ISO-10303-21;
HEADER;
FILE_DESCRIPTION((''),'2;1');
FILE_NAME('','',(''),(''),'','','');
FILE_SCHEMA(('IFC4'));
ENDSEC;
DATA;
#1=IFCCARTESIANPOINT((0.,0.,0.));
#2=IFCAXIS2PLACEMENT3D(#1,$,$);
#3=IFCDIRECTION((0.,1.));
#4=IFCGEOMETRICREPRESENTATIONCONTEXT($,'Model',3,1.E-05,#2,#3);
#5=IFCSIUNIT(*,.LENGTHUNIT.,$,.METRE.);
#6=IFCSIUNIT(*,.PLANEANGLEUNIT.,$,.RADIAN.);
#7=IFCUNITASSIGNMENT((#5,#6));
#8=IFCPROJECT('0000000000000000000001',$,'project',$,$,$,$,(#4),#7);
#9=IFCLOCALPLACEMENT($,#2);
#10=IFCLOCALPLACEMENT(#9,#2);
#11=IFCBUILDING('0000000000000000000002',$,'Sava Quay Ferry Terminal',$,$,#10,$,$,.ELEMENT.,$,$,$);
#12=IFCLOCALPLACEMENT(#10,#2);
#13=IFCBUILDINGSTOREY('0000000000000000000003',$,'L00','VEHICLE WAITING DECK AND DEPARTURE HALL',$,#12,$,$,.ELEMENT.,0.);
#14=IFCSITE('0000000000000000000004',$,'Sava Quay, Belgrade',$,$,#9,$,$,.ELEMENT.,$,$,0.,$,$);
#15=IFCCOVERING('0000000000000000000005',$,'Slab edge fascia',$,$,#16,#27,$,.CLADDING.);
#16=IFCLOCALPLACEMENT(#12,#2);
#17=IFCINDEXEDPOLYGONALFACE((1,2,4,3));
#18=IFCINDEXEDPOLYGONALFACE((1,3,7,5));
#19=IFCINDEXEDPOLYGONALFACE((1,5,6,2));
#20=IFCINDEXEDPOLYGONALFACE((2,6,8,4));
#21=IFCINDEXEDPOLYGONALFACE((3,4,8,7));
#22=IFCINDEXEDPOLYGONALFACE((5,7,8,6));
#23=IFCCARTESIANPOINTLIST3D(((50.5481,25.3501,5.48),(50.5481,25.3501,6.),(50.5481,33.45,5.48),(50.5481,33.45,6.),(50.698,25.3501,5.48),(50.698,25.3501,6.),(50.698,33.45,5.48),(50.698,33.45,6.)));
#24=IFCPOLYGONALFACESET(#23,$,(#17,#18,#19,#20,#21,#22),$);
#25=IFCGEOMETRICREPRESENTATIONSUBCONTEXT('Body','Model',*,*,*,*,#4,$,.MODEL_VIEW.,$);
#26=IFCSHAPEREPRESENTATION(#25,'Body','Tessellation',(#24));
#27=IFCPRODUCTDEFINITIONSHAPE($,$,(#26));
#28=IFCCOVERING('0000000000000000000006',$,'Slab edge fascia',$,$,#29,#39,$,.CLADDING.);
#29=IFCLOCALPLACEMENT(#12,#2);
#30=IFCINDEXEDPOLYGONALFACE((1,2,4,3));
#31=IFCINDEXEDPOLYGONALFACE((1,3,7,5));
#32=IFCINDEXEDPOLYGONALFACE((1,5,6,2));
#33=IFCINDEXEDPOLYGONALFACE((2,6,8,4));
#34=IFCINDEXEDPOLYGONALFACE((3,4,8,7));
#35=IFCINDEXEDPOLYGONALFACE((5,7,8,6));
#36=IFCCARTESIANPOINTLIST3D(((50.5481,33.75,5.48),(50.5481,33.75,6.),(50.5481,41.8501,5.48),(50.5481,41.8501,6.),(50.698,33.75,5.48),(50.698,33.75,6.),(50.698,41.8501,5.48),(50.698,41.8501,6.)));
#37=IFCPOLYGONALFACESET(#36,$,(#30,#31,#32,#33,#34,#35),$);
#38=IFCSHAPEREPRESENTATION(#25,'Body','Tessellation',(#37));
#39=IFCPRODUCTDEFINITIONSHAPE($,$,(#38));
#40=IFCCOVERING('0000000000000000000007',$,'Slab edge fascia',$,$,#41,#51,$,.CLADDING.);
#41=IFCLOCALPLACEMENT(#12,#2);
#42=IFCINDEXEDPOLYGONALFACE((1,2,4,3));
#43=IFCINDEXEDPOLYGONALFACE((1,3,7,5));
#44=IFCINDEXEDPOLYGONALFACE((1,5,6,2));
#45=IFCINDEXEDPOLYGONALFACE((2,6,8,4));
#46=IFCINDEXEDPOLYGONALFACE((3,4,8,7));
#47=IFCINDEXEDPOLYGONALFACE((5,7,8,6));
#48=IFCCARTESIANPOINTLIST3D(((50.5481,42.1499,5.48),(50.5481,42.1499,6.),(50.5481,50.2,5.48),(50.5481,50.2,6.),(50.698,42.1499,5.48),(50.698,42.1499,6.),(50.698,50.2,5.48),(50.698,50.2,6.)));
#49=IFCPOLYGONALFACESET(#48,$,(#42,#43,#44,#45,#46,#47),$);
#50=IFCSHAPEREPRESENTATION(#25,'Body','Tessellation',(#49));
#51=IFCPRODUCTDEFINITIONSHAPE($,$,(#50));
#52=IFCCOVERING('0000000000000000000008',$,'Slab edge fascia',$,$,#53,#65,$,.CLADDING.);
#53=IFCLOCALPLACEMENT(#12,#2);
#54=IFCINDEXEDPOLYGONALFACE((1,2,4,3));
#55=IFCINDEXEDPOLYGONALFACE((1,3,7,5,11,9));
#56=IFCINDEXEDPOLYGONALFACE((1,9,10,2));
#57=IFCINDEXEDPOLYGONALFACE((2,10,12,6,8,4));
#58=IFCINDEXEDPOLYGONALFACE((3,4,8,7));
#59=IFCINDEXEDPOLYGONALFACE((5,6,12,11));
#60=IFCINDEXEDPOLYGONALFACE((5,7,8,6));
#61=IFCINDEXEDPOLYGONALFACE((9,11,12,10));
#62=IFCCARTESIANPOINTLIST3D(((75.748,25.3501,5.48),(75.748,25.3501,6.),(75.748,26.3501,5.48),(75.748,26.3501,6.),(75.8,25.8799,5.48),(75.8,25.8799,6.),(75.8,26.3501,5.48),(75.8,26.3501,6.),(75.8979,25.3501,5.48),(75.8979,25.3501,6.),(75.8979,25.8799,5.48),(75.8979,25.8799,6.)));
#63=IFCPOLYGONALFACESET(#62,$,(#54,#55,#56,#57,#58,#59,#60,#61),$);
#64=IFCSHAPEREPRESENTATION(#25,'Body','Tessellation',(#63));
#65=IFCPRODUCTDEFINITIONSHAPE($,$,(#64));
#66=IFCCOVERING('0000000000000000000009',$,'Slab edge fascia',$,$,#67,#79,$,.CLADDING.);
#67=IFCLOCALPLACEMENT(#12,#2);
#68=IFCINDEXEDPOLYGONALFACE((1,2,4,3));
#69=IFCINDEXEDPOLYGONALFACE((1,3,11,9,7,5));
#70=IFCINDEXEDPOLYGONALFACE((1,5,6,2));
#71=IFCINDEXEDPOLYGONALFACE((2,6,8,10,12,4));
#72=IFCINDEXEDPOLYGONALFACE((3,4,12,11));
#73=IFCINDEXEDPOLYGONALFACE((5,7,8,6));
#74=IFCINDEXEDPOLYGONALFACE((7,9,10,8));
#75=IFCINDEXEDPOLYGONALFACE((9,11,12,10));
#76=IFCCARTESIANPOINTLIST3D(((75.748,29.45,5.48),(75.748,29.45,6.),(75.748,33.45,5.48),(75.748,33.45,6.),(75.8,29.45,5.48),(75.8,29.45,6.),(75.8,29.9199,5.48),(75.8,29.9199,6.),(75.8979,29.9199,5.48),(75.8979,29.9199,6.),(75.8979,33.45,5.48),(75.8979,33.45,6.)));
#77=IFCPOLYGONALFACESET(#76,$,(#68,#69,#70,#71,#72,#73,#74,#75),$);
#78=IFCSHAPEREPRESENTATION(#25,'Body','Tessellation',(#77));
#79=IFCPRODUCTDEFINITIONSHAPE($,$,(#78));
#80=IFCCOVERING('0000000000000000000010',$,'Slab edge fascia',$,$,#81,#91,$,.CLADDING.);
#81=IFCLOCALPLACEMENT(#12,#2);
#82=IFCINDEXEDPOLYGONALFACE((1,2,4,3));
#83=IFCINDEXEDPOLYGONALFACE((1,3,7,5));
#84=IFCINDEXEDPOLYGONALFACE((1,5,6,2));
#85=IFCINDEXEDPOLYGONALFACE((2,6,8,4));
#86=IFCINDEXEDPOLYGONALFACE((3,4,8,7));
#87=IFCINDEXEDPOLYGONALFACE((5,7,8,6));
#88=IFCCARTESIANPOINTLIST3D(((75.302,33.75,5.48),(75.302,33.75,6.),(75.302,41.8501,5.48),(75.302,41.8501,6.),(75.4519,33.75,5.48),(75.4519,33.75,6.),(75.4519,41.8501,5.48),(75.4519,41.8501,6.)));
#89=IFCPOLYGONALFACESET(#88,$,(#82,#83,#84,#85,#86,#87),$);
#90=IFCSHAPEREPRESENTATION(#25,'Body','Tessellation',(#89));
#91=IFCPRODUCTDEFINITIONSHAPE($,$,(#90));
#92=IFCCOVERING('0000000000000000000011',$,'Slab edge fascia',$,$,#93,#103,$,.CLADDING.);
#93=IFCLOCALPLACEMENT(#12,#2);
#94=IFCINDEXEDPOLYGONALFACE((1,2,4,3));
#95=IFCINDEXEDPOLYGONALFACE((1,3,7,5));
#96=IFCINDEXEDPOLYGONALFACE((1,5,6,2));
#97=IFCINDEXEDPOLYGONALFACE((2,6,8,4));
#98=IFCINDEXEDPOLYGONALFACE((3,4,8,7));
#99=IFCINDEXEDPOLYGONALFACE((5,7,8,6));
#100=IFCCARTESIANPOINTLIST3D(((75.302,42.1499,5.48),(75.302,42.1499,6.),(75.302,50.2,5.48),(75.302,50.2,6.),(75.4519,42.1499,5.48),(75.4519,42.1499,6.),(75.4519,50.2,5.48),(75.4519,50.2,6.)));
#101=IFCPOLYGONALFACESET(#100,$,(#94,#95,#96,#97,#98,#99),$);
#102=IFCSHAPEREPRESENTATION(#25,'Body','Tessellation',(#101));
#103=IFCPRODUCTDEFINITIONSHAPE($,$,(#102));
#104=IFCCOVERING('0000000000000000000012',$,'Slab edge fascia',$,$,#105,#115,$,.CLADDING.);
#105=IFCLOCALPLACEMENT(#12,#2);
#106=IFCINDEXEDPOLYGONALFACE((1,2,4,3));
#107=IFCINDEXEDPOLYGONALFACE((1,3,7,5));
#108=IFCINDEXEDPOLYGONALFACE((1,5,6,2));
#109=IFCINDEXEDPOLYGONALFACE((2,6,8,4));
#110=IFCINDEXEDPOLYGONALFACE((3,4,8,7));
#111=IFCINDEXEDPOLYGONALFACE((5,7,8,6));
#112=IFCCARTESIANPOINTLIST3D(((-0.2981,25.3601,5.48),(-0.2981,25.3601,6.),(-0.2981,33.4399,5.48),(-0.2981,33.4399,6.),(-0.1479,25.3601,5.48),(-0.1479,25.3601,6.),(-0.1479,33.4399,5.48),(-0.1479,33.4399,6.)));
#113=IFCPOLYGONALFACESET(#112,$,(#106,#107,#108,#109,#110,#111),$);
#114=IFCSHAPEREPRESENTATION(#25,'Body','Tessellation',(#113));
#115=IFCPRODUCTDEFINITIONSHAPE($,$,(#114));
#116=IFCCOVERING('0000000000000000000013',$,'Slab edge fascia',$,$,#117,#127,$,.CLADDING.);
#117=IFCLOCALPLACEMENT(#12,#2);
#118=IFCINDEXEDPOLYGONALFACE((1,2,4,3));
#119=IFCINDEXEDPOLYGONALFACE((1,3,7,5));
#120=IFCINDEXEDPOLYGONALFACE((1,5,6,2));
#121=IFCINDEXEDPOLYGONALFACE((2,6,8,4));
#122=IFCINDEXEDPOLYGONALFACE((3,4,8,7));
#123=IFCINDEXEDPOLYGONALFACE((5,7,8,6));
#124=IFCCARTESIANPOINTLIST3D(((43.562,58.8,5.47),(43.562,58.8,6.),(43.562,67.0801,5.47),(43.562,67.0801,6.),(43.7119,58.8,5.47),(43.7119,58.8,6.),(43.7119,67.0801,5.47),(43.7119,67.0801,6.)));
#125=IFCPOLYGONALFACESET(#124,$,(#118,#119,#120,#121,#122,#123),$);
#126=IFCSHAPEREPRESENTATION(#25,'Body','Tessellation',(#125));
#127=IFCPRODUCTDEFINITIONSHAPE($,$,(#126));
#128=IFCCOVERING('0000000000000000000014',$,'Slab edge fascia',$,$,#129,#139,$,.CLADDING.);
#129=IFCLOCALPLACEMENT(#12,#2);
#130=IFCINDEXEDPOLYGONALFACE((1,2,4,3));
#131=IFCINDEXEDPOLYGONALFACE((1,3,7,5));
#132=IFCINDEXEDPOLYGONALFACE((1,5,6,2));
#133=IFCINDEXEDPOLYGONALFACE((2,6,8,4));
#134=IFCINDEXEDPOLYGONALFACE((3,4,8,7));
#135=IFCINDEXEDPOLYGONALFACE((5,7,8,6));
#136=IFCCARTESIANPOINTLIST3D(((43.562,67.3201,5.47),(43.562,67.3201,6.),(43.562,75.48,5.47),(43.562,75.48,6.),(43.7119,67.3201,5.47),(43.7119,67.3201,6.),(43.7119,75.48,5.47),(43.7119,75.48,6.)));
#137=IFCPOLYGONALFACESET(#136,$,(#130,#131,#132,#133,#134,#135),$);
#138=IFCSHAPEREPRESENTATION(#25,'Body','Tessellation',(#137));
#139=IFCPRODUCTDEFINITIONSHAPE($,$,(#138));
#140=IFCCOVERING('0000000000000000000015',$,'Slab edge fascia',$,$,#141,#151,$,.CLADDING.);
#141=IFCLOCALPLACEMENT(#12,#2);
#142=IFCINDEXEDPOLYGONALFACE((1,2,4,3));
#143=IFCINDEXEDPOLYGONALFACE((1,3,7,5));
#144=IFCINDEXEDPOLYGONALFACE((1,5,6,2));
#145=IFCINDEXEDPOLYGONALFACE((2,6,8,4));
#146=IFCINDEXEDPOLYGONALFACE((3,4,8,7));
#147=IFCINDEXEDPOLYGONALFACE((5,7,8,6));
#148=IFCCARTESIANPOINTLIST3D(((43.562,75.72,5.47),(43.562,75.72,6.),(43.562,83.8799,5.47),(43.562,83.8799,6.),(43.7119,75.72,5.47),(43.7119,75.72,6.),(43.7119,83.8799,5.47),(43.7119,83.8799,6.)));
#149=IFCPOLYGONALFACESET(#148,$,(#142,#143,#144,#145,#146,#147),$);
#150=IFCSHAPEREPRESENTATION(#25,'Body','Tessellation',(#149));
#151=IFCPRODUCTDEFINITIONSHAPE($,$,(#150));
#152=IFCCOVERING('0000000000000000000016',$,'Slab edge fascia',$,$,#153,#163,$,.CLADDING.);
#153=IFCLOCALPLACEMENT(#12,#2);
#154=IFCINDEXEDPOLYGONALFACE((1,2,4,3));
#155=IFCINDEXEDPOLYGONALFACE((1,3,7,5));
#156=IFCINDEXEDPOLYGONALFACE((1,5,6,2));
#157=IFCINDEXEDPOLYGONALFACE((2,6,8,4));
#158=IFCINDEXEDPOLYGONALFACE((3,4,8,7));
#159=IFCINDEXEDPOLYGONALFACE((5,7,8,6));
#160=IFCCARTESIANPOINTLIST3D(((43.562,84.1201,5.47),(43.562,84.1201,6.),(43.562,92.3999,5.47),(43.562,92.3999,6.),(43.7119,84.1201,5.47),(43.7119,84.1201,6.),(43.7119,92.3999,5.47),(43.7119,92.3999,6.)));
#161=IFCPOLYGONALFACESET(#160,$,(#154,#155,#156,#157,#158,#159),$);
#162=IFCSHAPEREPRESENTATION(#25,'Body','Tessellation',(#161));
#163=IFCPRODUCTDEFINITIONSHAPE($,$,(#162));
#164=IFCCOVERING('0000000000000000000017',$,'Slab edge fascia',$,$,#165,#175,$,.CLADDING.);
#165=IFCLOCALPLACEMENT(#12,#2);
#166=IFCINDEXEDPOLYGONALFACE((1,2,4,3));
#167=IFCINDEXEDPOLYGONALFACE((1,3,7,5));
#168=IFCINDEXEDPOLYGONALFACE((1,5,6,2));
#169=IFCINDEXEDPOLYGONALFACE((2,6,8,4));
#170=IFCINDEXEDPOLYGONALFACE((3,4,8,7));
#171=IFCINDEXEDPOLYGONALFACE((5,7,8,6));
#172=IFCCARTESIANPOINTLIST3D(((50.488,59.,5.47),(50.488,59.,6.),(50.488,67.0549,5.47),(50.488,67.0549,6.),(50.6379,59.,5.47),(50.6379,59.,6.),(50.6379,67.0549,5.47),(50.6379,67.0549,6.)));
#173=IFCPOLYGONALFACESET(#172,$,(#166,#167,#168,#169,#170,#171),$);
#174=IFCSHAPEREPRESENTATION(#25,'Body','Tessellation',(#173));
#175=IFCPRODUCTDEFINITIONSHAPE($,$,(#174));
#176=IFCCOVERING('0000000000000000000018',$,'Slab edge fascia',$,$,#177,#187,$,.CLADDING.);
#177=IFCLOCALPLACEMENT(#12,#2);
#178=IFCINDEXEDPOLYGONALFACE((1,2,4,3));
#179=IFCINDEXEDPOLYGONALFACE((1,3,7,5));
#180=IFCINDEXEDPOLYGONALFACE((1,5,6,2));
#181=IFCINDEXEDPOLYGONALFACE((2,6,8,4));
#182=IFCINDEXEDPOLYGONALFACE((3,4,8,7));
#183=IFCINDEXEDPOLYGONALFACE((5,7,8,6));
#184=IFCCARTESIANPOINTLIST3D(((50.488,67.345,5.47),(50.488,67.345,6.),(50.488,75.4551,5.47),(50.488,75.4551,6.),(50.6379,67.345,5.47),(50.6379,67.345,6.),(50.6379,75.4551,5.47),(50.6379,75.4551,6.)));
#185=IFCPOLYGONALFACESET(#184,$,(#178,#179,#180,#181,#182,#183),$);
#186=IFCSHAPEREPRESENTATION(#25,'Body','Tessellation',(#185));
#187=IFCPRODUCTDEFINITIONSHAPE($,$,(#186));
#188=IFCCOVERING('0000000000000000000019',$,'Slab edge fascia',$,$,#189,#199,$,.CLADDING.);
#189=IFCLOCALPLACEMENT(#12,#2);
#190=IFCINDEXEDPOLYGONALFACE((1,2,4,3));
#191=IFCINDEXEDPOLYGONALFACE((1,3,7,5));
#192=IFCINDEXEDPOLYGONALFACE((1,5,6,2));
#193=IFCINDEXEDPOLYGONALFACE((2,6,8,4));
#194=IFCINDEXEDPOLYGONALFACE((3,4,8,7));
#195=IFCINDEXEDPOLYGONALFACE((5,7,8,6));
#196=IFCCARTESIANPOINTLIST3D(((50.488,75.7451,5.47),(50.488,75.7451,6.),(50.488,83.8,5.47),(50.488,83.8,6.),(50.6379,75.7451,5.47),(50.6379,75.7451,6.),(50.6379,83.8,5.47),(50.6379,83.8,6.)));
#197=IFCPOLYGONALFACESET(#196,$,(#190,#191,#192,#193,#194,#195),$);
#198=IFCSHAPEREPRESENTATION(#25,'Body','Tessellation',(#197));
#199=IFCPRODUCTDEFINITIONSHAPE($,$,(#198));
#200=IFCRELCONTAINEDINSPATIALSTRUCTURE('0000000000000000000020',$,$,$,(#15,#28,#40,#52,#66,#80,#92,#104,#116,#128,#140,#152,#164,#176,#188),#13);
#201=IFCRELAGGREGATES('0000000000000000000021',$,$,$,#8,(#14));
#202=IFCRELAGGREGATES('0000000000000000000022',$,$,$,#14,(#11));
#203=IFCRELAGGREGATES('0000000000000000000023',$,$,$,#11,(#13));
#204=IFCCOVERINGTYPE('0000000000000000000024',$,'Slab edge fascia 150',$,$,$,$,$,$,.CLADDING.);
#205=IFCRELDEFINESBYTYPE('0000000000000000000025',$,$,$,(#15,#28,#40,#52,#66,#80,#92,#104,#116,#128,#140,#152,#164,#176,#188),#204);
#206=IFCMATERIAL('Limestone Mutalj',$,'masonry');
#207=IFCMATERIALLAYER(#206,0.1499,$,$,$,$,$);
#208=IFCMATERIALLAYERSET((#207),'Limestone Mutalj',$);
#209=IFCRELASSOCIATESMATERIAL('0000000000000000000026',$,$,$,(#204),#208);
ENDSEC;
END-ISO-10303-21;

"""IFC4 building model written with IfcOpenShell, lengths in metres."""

from ifc_helpers import new_model, si_unit, direction, frame, origin, place, context, subcontext, project, spatial, polyline, outline, extrude, material, layer, layer_set, type_object, element, save


model = new_model("IFC4")

# Units and contexts
model_context = context("Model", 3, precision=1e-05, world=origin(), true_north=direction((0.0, 1.0)))
body_context = subcontext(model_context, "Body", "Model", "MODEL_VIEW")
ifc_project = project(units=[si_unit("LENGTHUNIT", "METRE"), si_unit("PLANEANGLEUNIT", "RADIAN")], contexts=[model_context])

# Site, building, storey
site_placement = place(None, origin())
site = spatial("IfcSite", under=ifc_project, at=site_placement, Name="Sava Quay, Belgrade", CompositionType="ELEMENT", RefElevation=0.0)
building_placement = place(site_placement, origin())
building = spatial("IfcBuilding", under=site, at=building_placement, Name="Sava Quay Ferry Terminal", CompositionType="ELEMENT")
storey_placement = place(building_placement, origin())
storey = spatial("IfcBuildingStorey", under=building, at=storey_placement, Name="L00", Description="VEHICLE WAITING DECK AND DEPARTURE HALL", CompositionType="ELEMENT", Elevation=0.0)

# Coverings
ifc_material = material(Name="Limestone Mutalj", Category="masonry")
ifc_layer = layer(ifc_material, 0.1499)
ifc_layer_set = layer_set([ifc_layer], Name="Limestone Mutalj")
covering_type = type_object("IfcCoveringType", Name="Slab edge fascia 150", PredefinedType="CLADDING", material=ifc_layer_set)
covering_1_placement = place(storey_placement, frame((0.0, 0.0, 5.48)))
element("IfcCovering", 1, at=covering_1_placement, inside=storey, type_object=covering_type, Name="Slab edge fascia", PredefinedType="CLADDING", context=body_context, shape_type="SweptSolid", body=[
    extrude(outline(polyline([(50.5481, 33.45), (50.5481, 25.3501), (50.698, 25.3501), (50.698, 33.45), (50.5481, 33.45)])), origin(), (0.0, 0.0, 1.0), 0.52),
])
covering_2_placement = place(storey_placement, frame((0.0, 0.0, 5.48)))
element("IfcCovering", 2, at=covering_2_placement, inside=storey, type_object=covering_type, Name="Slab edge fascia", PredefinedType="CLADDING", context=body_context, shape_type="SweptSolid", body=[
    extrude(outline(polyline([(50.5481, 41.8501), (50.5481, 33.75), (50.698, 33.75), (50.698, 41.8501), (50.5481, 41.8501)])), origin(), (0.0, 0.0, 1.0), 0.52),
])
covering_3_placement = place(storey_placement, frame((0.0, 0.0, 5.48)))
element("IfcCovering", 3, at=covering_3_placement, inside=storey, type_object=covering_type, Name="Slab edge fascia", PredefinedType="CLADDING", context=body_context, shape_type="SweptSolid", body=[
    extrude(outline(polyline([(50.5481, 50.2), (50.5481, 42.1499), (50.698, 42.1499), (50.698, 50.2), (50.5481, 50.2)])), origin(), (0.0, 0.0, 1.0), 0.52),
])
covering_4_placement = place(storey_placement, frame((0.0, 0.0, 5.48)))
element("IfcCovering", 4, at=covering_4_placement, inside=storey, type_object=covering_type, Name="Slab edge fascia", PredefinedType="CLADDING", context=body_context, shape_type="SweptSolid", body=[
    extrude(outline(polyline([(75.748, 26.3501), (75.748, 25.3501), (75.8979, 25.3501), (75.8979, 25.8799), (75.8, 25.8799), (75.8, 26.3501), (75.748, 26.3501)])), origin(), (0.0, 0.0, 1.0), 0.52),
])
covering_5_placement = place(storey_placement, frame((0.0, 0.0, 5.48)))
element("IfcCovering", 5, at=covering_5_placement, inside=storey, type_object=covering_type, Name="Slab edge fascia", PredefinedType="CLADDING", context=body_context, shape_type="SweptSolid", body=[
    extrude(outline(polyline([(75.748, 33.45), (75.748, 29.45), (75.8, 29.45), (75.8, 29.9199), (75.8979, 29.9199), (75.8979, 33.45), (75.748, 33.45)])), origin(), (0.0, 0.0, 1.0), 0.52),
])
covering_6_placement = place(storey_placement, frame((0.0, 0.0, 5.48)))
element("IfcCovering", 6, at=covering_6_placement, inside=storey, type_object=covering_type, Name="Slab edge fascia", PredefinedType="CLADDING", context=body_context, shape_type="SweptSolid", body=[
    extrude(outline(polyline([(75.302, 33.75), (75.4519, 33.75), (75.4519, 41.8501), (75.302, 41.8501), (75.302, 33.75)])), origin(), (0.0, 0.0, 1.0), 0.52),
])
covering_7_placement = place(storey_placement, frame((0.0, 0.0, 5.48)))
element("IfcCovering", 7, at=covering_7_placement, inside=storey, type_object=covering_type, Name="Slab edge fascia", PredefinedType="CLADDING", context=body_context, shape_type="SweptSolid", body=[
    extrude(outline(polyline([(75.302, 42.1499), (75.4519, 42.1499), (75.4519, 50.2), (75.302, 50.2), (75.302, 42.1499)])), origin(), (0.0, 0.0, 1.0), 0.52),
])
covering_8_placement = place(storey_placement, frame((0.0, 0.0, 5.48)))
element("IfcCovering", 8, at=covering_8_placement, inside=storey, type_object=covering_type, Name="Slab edge fascia", PredefinedType="CLADDING", context=body_context, shape_type="SweptSolid", body=[
    extrude(outline(polyline([(-0.2981, 25.3601), (-0.1479, 25.3601), (-0.1479, 33.4399), (-0.2981, 33.4399), (-0.2981, 25.3601)])), origin(), (0.0, 0.0, 1.0), 0.52),
])
covering_9_placement = place(storey_placement, frame((0.0, 0.0, 5.47)))
element("IfcCovering", 9, at=covering_9_placement, inside=storey, type_object=covering_type, Name="Slab edge fascia", PredefinedType="CLADDING", context=body_context, shape_type="SweptSolid", body=[
    extrude(outline(polyline([(43.562, 58.8), (43.7119, 58.8), (43.7119, 67.0801), (43.562, 67.0801), (43.562, 58.8)])), origin(), (0.0, 0.0, 1.0), 0.53),
])
covering_10_placement = place(storey_placement, frame((0.0, 0.0, 5.47)))
element("IfcCovering", 10, at=covering_10_placement, inside=storey, type_object=covering_type, Name="Slab edge fascia", PredefinedType="CLADDING", context=body_context, shape_type="SweptSolid", body=[
    extrude(outline(polyline([(43.562, 67.3201), (43.7119, 67.3201), (43.7119, 75.48), (43.562, 75.48), (43.562, 67.3201)])), origin(), (0.0, 0.0, 1.0), 0.53),
])
covering_11_placement = place(storey_placement, frame((0.0, 0.0, 5.47)))
element("IfcCovering", 11, at=covering_11_placement, inside=storey, type_object=covering_type, Name="Slab edge fascia", PredefinedType="CLADDING", context=body_context, shape_type="SweptSolid", body=[
    extrude(outline(polyline([(43.562, 75.72), (43.7119, 75.72), (43.7119, 83.8799), (43.562, 83.8799), (43.562, 75.72)])), origin(), (0.0, 0.0, 1.0), 0.53),
])
covering_12_placement = place(storey_placement, frame((0.0, 0.0, 5.47)))
element("IfcCovering", 12, at=covering_12_placement, inside=storey, type_object=covering_type, Name="Slab edge fascia", PredefinedType="CLADDING", context=body_context, shape_type="SweptSolid", body=[
    extrude(outline(polyline([(43.562, 84.1201), (43.7119, 84.1201), (43.7119, 92.3999), (43.562, 92.3999), (43.562, 84.1201)])), origin(), (0.0, 0.0, 1.0), 0.53),
])
covering_13_placement = place(storey_placement, frame((0.0, 0.0, 5.47)))
element("IfcCovering", 13, at=covering_13_placement, inside=storey, type_object=covering_type, Name="Slab edge fascia", PredefinedType="CLADDING", context=body_context, shape_type="SweptSolid", body=[
    extrude(outline(polyline([(50.488, 67.0549), (50.488, 59.0), (50.6379, 59.0), (50.6379, 67.0549), (50.488, 67.0549)])), origin(), (0.0, 0.0, 1.0), 0.53),
])
covering_14_placement = place(storey_placement, frame((0.0, 0.0, 5.47)))
element("IfcCovering", 14, at=covering_14_placement, inside=storey, type_object=covering_type, Name="Slab edge fascia", PredefinedType="CLADDING", context=body_context, shape_type="SweptSolid", body=[
    extrude(outline(polyline([(50.488, 75.4551), (50.488, 67.345), (50.6379, 67.345), (50.6379, 75.4551), (50.488, 75.4551)])), origin(), (0.0, 0.0, 1.0), 0.53),
])
covering_15_placement = place(storey_placement, frame((0.0, 0.0, 5.47)))
element("IfcCovering", 15, at=covering_15_placement, inside=storey, type_object=covering_type, Name="Slab edge fascia", PredefinedType="CLADDING", context=body_context, shape_type="SweptSolid", body=[
    extrude(outline(polyline([(50.488, 83.8), (50.488, 75.7451), (50.6379, 75.7451), (50.6379, 83.8), (50.488, 83.8)])), origin(), (0.0, 0.0, 1.0), 0.53),
])

save(model, "model.ifc")
